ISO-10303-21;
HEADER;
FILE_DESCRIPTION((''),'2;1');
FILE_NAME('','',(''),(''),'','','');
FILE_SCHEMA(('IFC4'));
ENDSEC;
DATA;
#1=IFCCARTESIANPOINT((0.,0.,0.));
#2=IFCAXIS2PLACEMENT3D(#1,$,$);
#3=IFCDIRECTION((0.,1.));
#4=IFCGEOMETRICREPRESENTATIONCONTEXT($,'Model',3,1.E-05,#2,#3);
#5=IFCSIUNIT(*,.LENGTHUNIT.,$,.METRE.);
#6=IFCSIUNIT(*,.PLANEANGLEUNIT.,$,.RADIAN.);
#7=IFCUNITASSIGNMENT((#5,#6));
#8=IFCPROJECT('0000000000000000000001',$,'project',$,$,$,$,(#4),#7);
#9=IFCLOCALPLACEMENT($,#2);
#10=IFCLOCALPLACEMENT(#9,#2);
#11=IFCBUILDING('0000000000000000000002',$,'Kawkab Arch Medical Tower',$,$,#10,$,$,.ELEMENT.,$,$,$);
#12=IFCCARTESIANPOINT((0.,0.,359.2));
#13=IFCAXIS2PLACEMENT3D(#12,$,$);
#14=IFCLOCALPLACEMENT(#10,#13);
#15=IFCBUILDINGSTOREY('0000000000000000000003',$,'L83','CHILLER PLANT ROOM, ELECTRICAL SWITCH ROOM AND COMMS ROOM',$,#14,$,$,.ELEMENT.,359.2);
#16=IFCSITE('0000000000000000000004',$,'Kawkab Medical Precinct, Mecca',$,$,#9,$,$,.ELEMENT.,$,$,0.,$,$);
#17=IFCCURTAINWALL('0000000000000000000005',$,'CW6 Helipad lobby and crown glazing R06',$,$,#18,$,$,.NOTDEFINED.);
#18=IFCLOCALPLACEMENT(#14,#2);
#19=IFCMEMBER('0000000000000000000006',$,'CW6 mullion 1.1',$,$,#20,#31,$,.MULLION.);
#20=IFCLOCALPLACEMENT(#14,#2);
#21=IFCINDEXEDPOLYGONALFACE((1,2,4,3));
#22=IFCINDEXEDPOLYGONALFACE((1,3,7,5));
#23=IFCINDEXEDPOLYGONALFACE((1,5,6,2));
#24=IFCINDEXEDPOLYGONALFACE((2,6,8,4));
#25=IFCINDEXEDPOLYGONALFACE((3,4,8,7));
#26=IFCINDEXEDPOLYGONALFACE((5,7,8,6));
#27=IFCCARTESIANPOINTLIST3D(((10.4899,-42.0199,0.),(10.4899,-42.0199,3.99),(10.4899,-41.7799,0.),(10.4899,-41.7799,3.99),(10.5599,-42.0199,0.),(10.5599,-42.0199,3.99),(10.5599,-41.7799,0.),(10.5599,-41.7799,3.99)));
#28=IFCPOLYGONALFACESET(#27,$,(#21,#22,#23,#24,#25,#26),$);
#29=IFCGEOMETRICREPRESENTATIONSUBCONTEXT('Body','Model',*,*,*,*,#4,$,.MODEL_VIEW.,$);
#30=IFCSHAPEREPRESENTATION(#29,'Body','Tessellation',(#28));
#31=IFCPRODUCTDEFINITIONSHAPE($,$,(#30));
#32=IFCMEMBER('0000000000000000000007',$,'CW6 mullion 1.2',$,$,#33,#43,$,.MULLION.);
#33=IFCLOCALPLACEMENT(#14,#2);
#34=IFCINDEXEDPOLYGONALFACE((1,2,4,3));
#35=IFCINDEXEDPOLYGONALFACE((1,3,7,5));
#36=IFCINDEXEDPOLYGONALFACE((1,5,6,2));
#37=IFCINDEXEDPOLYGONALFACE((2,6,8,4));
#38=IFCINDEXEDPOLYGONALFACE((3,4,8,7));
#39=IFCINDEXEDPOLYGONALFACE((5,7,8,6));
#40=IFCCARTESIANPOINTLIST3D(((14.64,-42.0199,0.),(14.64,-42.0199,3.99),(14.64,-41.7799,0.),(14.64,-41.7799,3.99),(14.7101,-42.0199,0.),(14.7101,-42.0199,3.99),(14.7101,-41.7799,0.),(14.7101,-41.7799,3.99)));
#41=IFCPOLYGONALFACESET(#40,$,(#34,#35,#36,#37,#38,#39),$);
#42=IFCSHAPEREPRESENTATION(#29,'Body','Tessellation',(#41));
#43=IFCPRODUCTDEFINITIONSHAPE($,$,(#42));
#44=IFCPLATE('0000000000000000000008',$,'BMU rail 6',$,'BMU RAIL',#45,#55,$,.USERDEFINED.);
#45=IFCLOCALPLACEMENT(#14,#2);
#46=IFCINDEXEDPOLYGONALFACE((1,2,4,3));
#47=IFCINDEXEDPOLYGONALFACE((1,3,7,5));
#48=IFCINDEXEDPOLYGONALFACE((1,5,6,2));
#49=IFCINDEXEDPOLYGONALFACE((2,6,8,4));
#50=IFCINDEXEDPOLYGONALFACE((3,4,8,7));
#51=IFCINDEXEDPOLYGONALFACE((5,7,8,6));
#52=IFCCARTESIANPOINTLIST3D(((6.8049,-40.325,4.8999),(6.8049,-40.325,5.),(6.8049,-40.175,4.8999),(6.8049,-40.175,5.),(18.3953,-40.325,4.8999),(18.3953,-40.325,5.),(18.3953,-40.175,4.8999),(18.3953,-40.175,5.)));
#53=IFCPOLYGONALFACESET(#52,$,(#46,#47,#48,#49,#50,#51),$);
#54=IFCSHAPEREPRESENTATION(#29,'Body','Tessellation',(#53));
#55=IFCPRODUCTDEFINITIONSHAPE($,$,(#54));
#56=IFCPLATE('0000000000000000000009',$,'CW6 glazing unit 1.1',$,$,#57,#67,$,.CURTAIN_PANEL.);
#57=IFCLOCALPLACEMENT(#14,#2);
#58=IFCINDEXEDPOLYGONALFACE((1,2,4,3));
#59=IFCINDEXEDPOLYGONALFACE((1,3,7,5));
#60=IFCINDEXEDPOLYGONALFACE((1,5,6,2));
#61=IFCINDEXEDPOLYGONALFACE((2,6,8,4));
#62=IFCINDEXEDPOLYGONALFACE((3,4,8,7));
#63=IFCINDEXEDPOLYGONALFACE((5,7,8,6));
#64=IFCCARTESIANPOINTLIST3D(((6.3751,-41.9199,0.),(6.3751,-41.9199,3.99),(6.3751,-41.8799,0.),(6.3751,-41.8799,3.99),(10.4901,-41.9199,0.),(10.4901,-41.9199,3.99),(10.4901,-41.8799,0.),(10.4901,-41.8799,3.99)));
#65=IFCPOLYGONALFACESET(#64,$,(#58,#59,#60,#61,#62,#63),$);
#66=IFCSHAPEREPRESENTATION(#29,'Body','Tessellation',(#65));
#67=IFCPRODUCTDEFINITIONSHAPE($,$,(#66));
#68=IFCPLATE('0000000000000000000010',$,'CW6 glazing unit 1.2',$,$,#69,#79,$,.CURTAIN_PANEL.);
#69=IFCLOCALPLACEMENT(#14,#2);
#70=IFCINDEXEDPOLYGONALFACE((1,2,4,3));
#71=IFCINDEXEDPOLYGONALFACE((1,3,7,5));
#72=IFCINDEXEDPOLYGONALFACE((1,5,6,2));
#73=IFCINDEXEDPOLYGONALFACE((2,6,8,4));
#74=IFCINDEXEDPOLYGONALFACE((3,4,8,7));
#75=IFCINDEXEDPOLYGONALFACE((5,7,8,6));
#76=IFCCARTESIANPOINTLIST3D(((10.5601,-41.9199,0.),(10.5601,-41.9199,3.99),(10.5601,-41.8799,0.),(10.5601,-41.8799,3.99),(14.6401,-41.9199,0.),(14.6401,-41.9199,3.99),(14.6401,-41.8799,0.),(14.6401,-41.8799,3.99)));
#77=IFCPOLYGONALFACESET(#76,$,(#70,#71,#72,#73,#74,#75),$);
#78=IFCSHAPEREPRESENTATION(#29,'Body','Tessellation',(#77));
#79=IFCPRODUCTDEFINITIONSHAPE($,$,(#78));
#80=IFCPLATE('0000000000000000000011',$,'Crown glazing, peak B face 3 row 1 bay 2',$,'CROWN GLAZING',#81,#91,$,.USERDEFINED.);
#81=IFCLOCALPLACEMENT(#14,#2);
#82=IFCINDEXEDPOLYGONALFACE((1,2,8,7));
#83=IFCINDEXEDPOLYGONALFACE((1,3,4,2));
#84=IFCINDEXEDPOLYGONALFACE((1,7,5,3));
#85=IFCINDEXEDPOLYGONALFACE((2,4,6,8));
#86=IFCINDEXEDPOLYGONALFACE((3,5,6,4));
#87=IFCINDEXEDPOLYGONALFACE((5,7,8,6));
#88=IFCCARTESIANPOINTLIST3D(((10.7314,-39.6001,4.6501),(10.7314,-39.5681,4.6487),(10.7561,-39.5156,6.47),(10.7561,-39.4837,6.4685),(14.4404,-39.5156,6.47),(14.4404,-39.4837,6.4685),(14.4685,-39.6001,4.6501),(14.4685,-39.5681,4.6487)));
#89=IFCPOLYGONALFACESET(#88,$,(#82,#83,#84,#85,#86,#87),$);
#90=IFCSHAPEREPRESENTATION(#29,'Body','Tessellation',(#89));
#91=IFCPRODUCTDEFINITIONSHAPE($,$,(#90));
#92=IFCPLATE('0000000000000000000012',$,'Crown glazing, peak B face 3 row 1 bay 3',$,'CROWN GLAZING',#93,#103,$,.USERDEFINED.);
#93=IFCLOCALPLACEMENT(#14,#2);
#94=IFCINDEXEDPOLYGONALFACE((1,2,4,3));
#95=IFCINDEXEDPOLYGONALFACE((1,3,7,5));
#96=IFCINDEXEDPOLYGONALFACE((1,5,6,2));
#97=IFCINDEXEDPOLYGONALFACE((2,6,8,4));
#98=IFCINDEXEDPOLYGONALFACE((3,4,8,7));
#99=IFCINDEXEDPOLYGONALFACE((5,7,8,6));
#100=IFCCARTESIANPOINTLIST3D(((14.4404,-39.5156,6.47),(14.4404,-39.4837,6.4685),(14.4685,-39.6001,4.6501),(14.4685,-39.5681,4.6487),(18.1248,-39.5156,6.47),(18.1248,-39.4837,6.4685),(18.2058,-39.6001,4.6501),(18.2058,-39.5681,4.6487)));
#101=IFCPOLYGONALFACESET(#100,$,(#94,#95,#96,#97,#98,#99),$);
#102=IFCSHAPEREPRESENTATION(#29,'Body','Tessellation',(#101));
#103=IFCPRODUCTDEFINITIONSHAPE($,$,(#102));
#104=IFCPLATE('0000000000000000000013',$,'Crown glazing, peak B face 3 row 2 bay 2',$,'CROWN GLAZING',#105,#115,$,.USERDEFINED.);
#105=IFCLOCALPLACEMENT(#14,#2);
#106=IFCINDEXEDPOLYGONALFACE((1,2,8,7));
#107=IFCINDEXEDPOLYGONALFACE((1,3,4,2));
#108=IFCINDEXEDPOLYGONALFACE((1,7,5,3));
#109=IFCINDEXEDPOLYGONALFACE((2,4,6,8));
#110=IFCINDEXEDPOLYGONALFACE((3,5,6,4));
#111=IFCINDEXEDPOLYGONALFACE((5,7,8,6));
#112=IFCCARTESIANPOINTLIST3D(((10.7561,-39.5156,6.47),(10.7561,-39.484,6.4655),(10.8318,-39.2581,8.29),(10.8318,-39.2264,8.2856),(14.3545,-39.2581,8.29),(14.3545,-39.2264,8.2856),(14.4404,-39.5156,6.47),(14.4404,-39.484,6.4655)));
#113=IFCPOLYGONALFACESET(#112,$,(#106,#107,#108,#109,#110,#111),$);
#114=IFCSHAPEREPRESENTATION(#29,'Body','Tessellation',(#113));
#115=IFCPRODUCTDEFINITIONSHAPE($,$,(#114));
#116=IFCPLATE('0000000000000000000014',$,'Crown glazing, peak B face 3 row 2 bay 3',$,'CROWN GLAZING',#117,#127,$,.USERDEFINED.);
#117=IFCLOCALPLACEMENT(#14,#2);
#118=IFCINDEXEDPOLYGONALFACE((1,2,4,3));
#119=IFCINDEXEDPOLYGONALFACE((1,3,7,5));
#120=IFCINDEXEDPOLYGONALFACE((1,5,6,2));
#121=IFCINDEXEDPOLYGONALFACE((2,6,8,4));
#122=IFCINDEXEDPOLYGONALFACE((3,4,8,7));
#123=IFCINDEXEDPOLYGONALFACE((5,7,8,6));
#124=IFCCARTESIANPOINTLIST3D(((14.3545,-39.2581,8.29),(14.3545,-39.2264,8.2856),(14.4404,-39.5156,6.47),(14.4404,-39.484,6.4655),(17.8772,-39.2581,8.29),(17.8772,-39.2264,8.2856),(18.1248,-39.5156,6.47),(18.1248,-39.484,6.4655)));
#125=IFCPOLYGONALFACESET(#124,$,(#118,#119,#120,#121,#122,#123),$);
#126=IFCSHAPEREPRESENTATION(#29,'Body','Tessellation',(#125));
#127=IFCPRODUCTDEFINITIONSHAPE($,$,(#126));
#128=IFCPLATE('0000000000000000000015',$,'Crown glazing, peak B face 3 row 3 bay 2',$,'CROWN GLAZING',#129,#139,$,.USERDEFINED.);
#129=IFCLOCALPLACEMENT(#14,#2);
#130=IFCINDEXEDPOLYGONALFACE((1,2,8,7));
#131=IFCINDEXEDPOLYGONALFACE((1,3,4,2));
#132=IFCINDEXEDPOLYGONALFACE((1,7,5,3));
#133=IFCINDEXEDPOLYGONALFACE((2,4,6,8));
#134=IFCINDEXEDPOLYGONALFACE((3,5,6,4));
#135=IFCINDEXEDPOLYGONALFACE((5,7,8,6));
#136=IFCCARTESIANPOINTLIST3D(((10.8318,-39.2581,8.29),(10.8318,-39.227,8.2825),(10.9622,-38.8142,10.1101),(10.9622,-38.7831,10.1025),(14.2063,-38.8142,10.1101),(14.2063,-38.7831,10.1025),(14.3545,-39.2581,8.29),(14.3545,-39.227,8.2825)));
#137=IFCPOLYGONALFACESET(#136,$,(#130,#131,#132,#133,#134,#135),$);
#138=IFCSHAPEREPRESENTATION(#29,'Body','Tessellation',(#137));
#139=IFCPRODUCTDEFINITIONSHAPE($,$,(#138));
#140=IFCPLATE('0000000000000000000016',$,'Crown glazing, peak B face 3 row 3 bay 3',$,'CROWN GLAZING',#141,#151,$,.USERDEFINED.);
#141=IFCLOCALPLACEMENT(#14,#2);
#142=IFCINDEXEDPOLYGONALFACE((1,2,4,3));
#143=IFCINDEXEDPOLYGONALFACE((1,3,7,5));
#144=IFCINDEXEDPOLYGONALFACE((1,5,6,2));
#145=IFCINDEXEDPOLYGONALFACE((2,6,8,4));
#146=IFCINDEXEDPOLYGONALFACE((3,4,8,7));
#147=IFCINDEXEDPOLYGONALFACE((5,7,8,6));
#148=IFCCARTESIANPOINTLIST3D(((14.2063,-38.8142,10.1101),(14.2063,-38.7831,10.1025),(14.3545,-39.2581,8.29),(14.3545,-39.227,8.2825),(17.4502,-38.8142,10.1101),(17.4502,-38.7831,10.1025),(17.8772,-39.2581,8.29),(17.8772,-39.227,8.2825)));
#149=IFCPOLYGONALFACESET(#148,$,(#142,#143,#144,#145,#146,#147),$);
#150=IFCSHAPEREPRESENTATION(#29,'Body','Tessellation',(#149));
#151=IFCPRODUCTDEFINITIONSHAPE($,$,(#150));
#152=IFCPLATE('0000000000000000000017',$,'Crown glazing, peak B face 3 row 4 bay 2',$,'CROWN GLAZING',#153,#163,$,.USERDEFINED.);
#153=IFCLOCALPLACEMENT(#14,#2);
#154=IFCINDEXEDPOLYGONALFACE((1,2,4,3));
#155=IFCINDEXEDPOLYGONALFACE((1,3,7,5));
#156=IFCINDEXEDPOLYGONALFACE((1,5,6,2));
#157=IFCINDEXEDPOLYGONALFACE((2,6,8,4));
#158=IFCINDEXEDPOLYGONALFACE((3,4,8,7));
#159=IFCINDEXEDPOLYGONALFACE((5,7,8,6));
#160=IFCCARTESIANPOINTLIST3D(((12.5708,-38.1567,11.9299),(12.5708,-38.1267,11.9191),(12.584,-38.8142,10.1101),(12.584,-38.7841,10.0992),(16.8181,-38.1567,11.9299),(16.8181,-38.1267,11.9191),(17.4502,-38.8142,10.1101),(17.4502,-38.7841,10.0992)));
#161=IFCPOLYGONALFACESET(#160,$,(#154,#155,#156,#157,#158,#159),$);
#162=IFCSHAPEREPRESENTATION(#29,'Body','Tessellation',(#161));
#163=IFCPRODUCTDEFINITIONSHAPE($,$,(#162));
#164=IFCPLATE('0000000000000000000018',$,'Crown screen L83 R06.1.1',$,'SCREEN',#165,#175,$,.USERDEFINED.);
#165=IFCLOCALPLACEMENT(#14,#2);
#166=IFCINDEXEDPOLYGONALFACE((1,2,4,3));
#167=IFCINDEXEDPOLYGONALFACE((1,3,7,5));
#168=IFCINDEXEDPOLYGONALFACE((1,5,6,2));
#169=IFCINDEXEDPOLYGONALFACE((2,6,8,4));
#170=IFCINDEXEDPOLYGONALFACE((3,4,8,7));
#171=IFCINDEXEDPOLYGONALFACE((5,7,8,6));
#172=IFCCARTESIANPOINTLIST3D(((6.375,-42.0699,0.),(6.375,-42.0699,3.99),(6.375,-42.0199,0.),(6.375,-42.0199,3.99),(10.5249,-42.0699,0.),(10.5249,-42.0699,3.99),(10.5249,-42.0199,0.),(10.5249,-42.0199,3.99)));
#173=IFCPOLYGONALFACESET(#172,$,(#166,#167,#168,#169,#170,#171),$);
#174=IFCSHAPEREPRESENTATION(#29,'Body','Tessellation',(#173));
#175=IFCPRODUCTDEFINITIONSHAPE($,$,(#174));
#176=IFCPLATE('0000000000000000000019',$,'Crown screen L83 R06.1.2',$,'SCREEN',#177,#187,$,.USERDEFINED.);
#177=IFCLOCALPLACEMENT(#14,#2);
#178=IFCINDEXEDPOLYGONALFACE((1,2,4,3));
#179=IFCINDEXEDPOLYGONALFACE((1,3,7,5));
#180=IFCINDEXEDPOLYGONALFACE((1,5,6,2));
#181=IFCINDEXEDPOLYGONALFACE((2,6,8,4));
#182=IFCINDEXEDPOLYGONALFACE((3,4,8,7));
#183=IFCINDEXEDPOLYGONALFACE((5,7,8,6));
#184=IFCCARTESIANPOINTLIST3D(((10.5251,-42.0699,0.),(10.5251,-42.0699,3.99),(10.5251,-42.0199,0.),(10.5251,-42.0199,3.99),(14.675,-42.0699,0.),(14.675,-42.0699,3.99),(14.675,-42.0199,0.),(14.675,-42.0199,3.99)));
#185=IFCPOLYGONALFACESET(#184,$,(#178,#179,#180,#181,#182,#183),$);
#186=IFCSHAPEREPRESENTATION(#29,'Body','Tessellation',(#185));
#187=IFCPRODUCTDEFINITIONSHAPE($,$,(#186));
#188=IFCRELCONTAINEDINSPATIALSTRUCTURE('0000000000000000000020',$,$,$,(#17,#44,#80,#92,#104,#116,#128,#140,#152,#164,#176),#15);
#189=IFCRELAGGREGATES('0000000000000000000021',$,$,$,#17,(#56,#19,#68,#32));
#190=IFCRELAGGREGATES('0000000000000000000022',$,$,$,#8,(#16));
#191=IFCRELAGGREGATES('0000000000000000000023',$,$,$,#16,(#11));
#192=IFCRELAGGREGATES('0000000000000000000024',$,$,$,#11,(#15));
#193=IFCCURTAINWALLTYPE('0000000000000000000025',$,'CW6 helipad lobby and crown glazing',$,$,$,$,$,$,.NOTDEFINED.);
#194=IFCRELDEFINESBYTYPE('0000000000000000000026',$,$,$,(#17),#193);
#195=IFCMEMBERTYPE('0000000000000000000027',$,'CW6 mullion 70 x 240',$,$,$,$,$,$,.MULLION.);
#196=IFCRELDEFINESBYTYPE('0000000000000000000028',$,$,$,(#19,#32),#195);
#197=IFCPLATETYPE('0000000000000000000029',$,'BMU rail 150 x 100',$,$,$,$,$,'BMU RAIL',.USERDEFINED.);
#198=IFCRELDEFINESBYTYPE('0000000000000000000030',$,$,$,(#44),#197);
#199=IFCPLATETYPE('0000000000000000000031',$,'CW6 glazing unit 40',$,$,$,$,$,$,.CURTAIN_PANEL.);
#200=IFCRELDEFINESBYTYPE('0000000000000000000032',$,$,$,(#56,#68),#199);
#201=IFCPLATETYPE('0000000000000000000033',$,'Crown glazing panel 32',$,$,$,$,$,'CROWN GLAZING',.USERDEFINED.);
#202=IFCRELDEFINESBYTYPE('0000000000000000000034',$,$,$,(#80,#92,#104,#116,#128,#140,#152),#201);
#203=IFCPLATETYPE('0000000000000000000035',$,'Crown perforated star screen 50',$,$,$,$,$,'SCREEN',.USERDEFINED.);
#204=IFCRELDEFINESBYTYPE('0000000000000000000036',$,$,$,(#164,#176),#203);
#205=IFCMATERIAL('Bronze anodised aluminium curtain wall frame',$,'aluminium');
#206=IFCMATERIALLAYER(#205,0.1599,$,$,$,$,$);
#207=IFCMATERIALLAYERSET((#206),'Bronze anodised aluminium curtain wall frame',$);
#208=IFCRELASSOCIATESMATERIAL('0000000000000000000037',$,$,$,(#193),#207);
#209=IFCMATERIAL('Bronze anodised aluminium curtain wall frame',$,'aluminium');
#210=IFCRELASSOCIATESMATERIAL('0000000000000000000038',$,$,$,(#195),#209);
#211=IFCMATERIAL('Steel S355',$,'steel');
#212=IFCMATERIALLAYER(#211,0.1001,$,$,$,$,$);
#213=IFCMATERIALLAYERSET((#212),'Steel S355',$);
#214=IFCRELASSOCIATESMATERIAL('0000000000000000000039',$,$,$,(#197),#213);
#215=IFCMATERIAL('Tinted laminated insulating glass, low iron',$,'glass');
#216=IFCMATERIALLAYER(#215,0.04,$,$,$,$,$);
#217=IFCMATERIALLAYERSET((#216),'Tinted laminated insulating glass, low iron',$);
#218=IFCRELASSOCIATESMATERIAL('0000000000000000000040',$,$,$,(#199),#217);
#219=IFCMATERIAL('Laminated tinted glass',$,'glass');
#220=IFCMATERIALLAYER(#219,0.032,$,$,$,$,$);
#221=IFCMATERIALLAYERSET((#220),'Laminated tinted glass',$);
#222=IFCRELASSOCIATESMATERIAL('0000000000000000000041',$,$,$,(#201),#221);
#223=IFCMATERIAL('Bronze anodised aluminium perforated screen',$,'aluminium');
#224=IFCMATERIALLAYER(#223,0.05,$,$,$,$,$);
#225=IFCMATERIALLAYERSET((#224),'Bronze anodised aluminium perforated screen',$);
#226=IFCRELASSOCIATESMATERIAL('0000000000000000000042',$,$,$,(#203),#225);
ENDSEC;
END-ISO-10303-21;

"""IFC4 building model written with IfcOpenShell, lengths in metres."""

from ifc_helpers import new_model, si_unit, direction, frame, origin, origin_2d, place, context, subcontext, project, spatial, polyline, rectangle, outline, extrude, material, layer, layer_set, material_profile, profile_set, type_object, element, aggregate, save


model = new_model("IFC4")

# Units and contexts
model_context = context("Model", 3, precision=1e-05, world=origin(), true_north=direction((0.0, 1.0)))
body_context = subcontext(model_context, "Body", "Model", "MODEL_VIEW")
ifc_project = project(units=[si_unit("LENGTHUNIT", "METRE"), si_unit("PLANEANGLEUNIT", "RADIAN")], contexts=[model_context])

# Site, building, storey
site_placement = place(None, origin())
site = spatial("IfcSite", under=ifc_project, at=site_placement, Name="Kawkab Medical Precinct, Mecca", CompositionType="ELEMENT", RefElevation=0.0)
building_placement = place(site_placement, origin())
building = spatial("IfcBuilding", under=site, at=building_placement, Name="Kawkab Arch Medical Tower", CompositionType="ELEMENT")
storey_placement = place(building_placement, frame((0.0, 0.0, 359.2)))
storey = spatial("IfcBuildingStorey", under=building, at=storey_placement, Name="L83", Description="CHILLER PLANT ROOM, ELECTRICAL SWITCH ROOM AND COMMS ROOM", CompositionType="ELEMENT", Elevation=359.2)

# Curtain wall, members
ifc_material_1 = material(Name="Bronze anodised aluminium curtain wall frame", Category="aluminium")
ifc_layer_1 = layer(ifc_material_1, 0.1599)
ifc_layer_set_1 = layer_set([ifc_layer_1], Name="Bronze anodised aluminium curtain wall frame")
curtain_wall_type = type_object("IfcCurtainWallType", Name="CW6 helipad lobby and crown glazing", PredefinedType="NOTDEFINED", material=ifc_layer_set_1)
curtain_wall_placement = place(storey_placement, origin())
curtain_wall = element("IfcCurtainWall", 1, at=curtain_wall_placement, inside=storey, type_object=curtain_wall_type, Name="CW6 Helipad lobby and crown glazing R06", PredefinedType="NOTDEFINED")
ifc_material_2 = material(Name="Bronze anodised aluminium curtain wall frame", Category="aluminium")
ifc_material_profile = material_profile(ifc_material_2, rectangle(XDim=0.24, YDim=0.0701, at=origin_2d()), Name="AL 70x240")
ifc_profile_set = profile_set([ifc_material_profile], Name="Bronze anodised aluminium curtain wall frame")
member_type = type_object("IfcMemberType", Name="CW6 mullion 70 x 240", PredefinedType="MULLION", material=ifc_profile_set)
member_1_placement = place(storey_placement, frame((10.5249, -41.8999, 0.0), z_axis=(0.0, 0.0, 1.0), x_axis=(0.0, 1.0, 0.0)))
member_1 = element("IfcMember", 2, at=member_1_placement, type_object=member_type, Name="CW6 mullion 1.1", PredefinedType="MULLION", context=body_context, shape_type="SweptSolid", body=[
    extrude(rectangle(XDim=0.24, YDim=0.0701, at=origin_2d()), origin(), (0.0, 0.0, 1.0), 3.99),
])
member_2_placement = place(storey_placement, frame((14.675, -41.8999, 0.0), z_axis=(0.0, 0.0, 1.0), x_axis=(0.0, 1.0, 0.0)))
member_2 = element("IfcMember", 3, at=member_2_placement, type_object=member_type, Name="CW6 mullion 1.2", PredefinedType="MULLION", context=body_context, shape_type="SweptSolid", body=[
    extrude(rectangle(XDim=0.24, YDim=0.0701, at=origin_2d()), origin(), (0.0, 0.0, 1.0), 3.99),
])

# Plates
ifc_material_3 = material(Name="Steel S355", Category="steel")
ifc_layer_2 = layer(ifc_material_3, 0.1001)
ifc_layer_set_2 = layer_set([ifc_layer_2], Name="Steel S355")
plate_type_1 = type_object("IfcPlateType", Name="BMU rail 150 x 100", ElementType="BMU RAIL", PredefinedType="USERDEFINED", material=ifc_layer_set_2)
plate_1_placement = place(storey_placement, frame((12.6001, -40.25, 4.8999), z_axis=(0.0, 0.0, 1.0), x_axis=(-1.0, 0.0, 0.0)))
element("IfcPlate", 4, at=plate_1_placement, inside=storey, type_object=plate_type_1, Name="BMU rail 6", ObjectType="BMU RAIL", PredefinedType="USERDEFINED", context=body_context, shape_type="SweptSolid", body=[
    extrude(rectangle(XDim=11.5903, YDim=0.1499, at=origin_2d()), origin(), (0.0, 0.0, 1.0), 0.1001),
])
ifc_material_4 = material(Name="Tinted laminated insulating glass, low iron", Category="glass")
ifc_layer_3 = layer(ifc_material_4, 0.04)
ifc_layer_set_3 = layer_set([ifc_layer_3], Name="Tinted laminated insulating glass, low iron")
plate_type_2 = type_object("IfcPlateType", Name="CW6 glazing unit 40", PredefinedType="CURTAIN_PANEL", material=ifc_layer_set_3)
plate_2_placement = place(storey_placement, frame((8.4326, -41.8999, 0.0), z_axis=(0.0, 0.0, 1.0), x_axis=(1.0, 0.0, 0.0)))
plate_2 = element("IfcPlate", 5, at=plate_2_placement, type_object=plate_type_2, Name="CW6 glazing unit 1.1", PredefinedType="CURTAIN_PANEL", context=body_context, shape_type="SweptSolid", body=[
    extrude(rectangle(XDim=4.115, YDim=0.04, at=origin_2d()), origin(), (0.0, 0.0, 1.0), 3.99),
])
plate_3_placement = place(storey_placement, frame((12.6001, -41.8999, 0.0), z_axis=(0.0, 0.0, 1.0), x_axis=(1.0, 0.0, 0.0)))
plate_3 = element("IfcPlate", 6, at=plate_3_placement, type_object=plate_type_2, Name="CW6 glazing unit 1.2", PredefinedType="CURTAIN_PANEL", context=body_context, shape_type="SweptSolid", body=[
    extrude(rectangle(XDim=4.0801, YDim=0.04, at=origin_2d()), origin(), (0.0, 0.0, 1.0), 3.99),
])
aggregate(curtain_wall, [plate_2, member_1, plate_3, member_2])

# Plates
ifc_material_5 = material(Name="Laminated tinted glass", Category="glass")
ifc_layer_4 = layer(ifc_material_5, 0.032)
ifc_layer_set_4 = layer_set([ifc_layer_4], Name="Laminated tinted glass")
plate_type_3 = type_object("IfcPlateType", Name="Crown glazing panel 32", ElementType="CROWN GLAZING", PredefinedType="USERDEFINED", material=ifc_layer_set_4)
plate_4_placement = place(storey_placement, frame((10.7314, -39.6001, 4.6501), z_axis=(0.0, -0.998924, 0.046368), x_axis=(1.0, 0.0, 0.0)))
element("IfcPlate", 7, at=plate_4_placement, inside=storey, type_object=plate_type_3, Name="Crown glazing, peak B face 3 row 1 bay 2", ObjectType="CROWN GLAZING", PredefinedType="USERDEFINED", context=body_context, shape_type="SweptSolid", body=[
    extrude(outline(polyline([(0.0, 0.0), (3.7371, 0.0), (3.709, 1.8218), (0.0247, 1.8218), (0.0, 0.0)])), origin(), (0.0, 0.0, -1.0), 0.032),
])
plate_5_placement = place(storey_placement, frame((14.4685, -39.6001, 4.6501), z_axis=(0.0, -0.998924, 0.046368), x_axis=(1.0, 0.0, 0.0)))
element("IfcPlate", 8, at=plate_5_placement, inside=storey, type_object=plate_type_3, Name="Crown glazing, peak B face 3 row 1 bay 3", ObjectType="CROWN GLAZING", PredefinedType="USERDEFINED", context=body_context, shape_type="SweptSolid", body=[
    extrude(outline(polyline([(0.0, 0.0), (3.7373, 0.0), (3.6562, 1.8218), (-0.0281, 1.8218), (0.0, 0.0)])), origin(), (0.0, 0.0, -1.0), 0.032),
])
plate_6_placement = place(storey_placement, frame((10.7561, -39.5156, 6.47), z_axis=(0.0, -0.990135, 0.14012), x_axis=(1.0, 0.0, 0.0)))
element("IfcPlate", 9, at=plate_6_placement, inside=storey, type_object=plate_type_3, Name="Crown glazing, peak B face 3 row 2 bay 2", ObjectType="CROWN GLAZING", PredefinedType="USERDEFINED", context=body_context, shape_type="SweptSolid", body=[
    extrude(outline(polyline([(0.0, 0.0), (3.6843, 0.0), (3.5984, 1.8382), (0.0757, 1.8382), (0.0, 0.0)])), origin(), (0.0, 0.0, -1.0), 0.032),
])
plate_7_placement = place(storey_placement, frame((14.4404, -39.5156, 6.47), z_axis=(0.0, -0.990135, 0.14012), x_axis=(1.0, 0.0, 0.0)))
element("IfcPlate", 10, at=plate_7_placement, inside=storey, type_object=plate_type_3, Name="Crown glazing, peak B face 3 row 2 bay 3", ObjectType="CROWN GLAZING", PredefinedType="USERDEFINED", context=body_context, shape_type="SweptSolid", body=[
    extrude(outline(polyline([(0.0, 0.0), (3.6843, 0.0), (3.4368, 1.8382), (-0.0859, 1.8382), (0.0, 0.0)])), origin(), (0.0, 0.0, -1.0), 0.032),
])
plate_8_placement = place(storey_placement, frame((10.8318, -39.2581, 8.29), z_axis=(0.0, -0.971529, 0.23692), x_axis=(1.0, 0.0, 0.0)))
element("IfcPlate", 11, at=plate_8_placement, inside=storey, type_object=plate_type_3, Name="Crown glazing, peak B face 3 row 3 bay 2", ObjectType="CROWN GLAZING", PredefinedType="USERDEFINED", context=body_context, shape_type="SweptSolid", body=[
    extrude(outline(polyline([(0.0, 0.0), (3.5227, 0.0), (3.3745, 1.8734), (0.1304, 1.8734), (0.0, 0.0)])), origin(), (0.0, 0.0, -1.0), 0.032),
])
plate_9_placement = place(storey_placement, frame((14.3545, -39.2581, 8.29), z_axis=(0.0, -0.971529, 0.23692), x_axis=(1.0, 0.0, 0.0)))
element("IfcPlate", 12, at=plate_9_placement, inside=storey, type_object=plate_type_3, Name="Crown glazing, peak B face 3 row 3 bay 3", ObjectType="CROWN GLAZING", PredefinedType="USERDEFINED", context=body_context, shape_type="SweptSolid", body=[
    extrude(outline(polyline([(0.0, 0.0), (3.5227, 0.0), (3.0957, 1.8734), (-0.1482, 1.8734), (0.0, 0.0)])), origin(), (0.0, 0.0, -1.0), 0.032),
])
plate_10_placement = place(storey_placement, frame((12.584, -38.8142, 10.1101), z_axis=(0.0, -0.940502, 0.339787), x_axis=(1.0, 0.0, 0.0)))
element("IfcPlate", 13, at=plate_10_placement, inside=storey, type_object=plate_type_3, Name="Crown glazing, peak B face 3 row 4 bay 2", ObjectType="CROWN GLAZING", PredefinedType="USERDEFINED", context=body_context, shape_type="SweptSolid", body=[
    extrude(outline(polyline([(0.0, 0.0), (4.8662, 0.0), (4.2341, 1.9349), (-0.0132, 1.9349), (0.0, 0.0)])), origin(), (0.0, 0.0, -1.0), 0.032),
])
ifc_material_6 = material(Name="Bronze anodised aluminium perforated screen", Category="aluminium")
ifc_layer_5 = layer(ifc_material_6, 0.05)
ifc_layer_set_5 = layer_set([ifc_layer_5], Name="Bronze anodised aluminium perforated screen")
plate_type_4 = type_object("IfcPlateType", Name="Crown perforated star screen 50", ElementType="SCREEN", PredefinedType="USERDEFINED", material=ifc_layer_set_5)
for number, where, z_axis, x_axis, name in (
    (14, (8.45, -42.0449, 0.0), (0.0, 0.0, 1.0), (1.0, 0.0, 0.0), "Crown screen L83 R06.1.1"),
    (15, (12.6001, -42.0449, 0.0), (0.0, 0.0, 1.0), (1.0, 0.0, 0.0), "Crown screen L83 R06.1.2"),
):
    element("IfcPlate", number, at=place(storey_placement, frame(where, z_axis=z_axis, x_axis=x_axis)), inside=storey, type_object=plate_type_4, Name=name, ObjectType="SCREEN", PredefinedType="USERDEFINED", context=body_context, shape_type="SweptSolid", body=[
        extrude(rectangle(XDim=4.1499, YDim=0.05, at=origin_2d()), origin(), (0.0, 0.0, 1.0), 3.99),
    ])

save(model, "model.ifc")
